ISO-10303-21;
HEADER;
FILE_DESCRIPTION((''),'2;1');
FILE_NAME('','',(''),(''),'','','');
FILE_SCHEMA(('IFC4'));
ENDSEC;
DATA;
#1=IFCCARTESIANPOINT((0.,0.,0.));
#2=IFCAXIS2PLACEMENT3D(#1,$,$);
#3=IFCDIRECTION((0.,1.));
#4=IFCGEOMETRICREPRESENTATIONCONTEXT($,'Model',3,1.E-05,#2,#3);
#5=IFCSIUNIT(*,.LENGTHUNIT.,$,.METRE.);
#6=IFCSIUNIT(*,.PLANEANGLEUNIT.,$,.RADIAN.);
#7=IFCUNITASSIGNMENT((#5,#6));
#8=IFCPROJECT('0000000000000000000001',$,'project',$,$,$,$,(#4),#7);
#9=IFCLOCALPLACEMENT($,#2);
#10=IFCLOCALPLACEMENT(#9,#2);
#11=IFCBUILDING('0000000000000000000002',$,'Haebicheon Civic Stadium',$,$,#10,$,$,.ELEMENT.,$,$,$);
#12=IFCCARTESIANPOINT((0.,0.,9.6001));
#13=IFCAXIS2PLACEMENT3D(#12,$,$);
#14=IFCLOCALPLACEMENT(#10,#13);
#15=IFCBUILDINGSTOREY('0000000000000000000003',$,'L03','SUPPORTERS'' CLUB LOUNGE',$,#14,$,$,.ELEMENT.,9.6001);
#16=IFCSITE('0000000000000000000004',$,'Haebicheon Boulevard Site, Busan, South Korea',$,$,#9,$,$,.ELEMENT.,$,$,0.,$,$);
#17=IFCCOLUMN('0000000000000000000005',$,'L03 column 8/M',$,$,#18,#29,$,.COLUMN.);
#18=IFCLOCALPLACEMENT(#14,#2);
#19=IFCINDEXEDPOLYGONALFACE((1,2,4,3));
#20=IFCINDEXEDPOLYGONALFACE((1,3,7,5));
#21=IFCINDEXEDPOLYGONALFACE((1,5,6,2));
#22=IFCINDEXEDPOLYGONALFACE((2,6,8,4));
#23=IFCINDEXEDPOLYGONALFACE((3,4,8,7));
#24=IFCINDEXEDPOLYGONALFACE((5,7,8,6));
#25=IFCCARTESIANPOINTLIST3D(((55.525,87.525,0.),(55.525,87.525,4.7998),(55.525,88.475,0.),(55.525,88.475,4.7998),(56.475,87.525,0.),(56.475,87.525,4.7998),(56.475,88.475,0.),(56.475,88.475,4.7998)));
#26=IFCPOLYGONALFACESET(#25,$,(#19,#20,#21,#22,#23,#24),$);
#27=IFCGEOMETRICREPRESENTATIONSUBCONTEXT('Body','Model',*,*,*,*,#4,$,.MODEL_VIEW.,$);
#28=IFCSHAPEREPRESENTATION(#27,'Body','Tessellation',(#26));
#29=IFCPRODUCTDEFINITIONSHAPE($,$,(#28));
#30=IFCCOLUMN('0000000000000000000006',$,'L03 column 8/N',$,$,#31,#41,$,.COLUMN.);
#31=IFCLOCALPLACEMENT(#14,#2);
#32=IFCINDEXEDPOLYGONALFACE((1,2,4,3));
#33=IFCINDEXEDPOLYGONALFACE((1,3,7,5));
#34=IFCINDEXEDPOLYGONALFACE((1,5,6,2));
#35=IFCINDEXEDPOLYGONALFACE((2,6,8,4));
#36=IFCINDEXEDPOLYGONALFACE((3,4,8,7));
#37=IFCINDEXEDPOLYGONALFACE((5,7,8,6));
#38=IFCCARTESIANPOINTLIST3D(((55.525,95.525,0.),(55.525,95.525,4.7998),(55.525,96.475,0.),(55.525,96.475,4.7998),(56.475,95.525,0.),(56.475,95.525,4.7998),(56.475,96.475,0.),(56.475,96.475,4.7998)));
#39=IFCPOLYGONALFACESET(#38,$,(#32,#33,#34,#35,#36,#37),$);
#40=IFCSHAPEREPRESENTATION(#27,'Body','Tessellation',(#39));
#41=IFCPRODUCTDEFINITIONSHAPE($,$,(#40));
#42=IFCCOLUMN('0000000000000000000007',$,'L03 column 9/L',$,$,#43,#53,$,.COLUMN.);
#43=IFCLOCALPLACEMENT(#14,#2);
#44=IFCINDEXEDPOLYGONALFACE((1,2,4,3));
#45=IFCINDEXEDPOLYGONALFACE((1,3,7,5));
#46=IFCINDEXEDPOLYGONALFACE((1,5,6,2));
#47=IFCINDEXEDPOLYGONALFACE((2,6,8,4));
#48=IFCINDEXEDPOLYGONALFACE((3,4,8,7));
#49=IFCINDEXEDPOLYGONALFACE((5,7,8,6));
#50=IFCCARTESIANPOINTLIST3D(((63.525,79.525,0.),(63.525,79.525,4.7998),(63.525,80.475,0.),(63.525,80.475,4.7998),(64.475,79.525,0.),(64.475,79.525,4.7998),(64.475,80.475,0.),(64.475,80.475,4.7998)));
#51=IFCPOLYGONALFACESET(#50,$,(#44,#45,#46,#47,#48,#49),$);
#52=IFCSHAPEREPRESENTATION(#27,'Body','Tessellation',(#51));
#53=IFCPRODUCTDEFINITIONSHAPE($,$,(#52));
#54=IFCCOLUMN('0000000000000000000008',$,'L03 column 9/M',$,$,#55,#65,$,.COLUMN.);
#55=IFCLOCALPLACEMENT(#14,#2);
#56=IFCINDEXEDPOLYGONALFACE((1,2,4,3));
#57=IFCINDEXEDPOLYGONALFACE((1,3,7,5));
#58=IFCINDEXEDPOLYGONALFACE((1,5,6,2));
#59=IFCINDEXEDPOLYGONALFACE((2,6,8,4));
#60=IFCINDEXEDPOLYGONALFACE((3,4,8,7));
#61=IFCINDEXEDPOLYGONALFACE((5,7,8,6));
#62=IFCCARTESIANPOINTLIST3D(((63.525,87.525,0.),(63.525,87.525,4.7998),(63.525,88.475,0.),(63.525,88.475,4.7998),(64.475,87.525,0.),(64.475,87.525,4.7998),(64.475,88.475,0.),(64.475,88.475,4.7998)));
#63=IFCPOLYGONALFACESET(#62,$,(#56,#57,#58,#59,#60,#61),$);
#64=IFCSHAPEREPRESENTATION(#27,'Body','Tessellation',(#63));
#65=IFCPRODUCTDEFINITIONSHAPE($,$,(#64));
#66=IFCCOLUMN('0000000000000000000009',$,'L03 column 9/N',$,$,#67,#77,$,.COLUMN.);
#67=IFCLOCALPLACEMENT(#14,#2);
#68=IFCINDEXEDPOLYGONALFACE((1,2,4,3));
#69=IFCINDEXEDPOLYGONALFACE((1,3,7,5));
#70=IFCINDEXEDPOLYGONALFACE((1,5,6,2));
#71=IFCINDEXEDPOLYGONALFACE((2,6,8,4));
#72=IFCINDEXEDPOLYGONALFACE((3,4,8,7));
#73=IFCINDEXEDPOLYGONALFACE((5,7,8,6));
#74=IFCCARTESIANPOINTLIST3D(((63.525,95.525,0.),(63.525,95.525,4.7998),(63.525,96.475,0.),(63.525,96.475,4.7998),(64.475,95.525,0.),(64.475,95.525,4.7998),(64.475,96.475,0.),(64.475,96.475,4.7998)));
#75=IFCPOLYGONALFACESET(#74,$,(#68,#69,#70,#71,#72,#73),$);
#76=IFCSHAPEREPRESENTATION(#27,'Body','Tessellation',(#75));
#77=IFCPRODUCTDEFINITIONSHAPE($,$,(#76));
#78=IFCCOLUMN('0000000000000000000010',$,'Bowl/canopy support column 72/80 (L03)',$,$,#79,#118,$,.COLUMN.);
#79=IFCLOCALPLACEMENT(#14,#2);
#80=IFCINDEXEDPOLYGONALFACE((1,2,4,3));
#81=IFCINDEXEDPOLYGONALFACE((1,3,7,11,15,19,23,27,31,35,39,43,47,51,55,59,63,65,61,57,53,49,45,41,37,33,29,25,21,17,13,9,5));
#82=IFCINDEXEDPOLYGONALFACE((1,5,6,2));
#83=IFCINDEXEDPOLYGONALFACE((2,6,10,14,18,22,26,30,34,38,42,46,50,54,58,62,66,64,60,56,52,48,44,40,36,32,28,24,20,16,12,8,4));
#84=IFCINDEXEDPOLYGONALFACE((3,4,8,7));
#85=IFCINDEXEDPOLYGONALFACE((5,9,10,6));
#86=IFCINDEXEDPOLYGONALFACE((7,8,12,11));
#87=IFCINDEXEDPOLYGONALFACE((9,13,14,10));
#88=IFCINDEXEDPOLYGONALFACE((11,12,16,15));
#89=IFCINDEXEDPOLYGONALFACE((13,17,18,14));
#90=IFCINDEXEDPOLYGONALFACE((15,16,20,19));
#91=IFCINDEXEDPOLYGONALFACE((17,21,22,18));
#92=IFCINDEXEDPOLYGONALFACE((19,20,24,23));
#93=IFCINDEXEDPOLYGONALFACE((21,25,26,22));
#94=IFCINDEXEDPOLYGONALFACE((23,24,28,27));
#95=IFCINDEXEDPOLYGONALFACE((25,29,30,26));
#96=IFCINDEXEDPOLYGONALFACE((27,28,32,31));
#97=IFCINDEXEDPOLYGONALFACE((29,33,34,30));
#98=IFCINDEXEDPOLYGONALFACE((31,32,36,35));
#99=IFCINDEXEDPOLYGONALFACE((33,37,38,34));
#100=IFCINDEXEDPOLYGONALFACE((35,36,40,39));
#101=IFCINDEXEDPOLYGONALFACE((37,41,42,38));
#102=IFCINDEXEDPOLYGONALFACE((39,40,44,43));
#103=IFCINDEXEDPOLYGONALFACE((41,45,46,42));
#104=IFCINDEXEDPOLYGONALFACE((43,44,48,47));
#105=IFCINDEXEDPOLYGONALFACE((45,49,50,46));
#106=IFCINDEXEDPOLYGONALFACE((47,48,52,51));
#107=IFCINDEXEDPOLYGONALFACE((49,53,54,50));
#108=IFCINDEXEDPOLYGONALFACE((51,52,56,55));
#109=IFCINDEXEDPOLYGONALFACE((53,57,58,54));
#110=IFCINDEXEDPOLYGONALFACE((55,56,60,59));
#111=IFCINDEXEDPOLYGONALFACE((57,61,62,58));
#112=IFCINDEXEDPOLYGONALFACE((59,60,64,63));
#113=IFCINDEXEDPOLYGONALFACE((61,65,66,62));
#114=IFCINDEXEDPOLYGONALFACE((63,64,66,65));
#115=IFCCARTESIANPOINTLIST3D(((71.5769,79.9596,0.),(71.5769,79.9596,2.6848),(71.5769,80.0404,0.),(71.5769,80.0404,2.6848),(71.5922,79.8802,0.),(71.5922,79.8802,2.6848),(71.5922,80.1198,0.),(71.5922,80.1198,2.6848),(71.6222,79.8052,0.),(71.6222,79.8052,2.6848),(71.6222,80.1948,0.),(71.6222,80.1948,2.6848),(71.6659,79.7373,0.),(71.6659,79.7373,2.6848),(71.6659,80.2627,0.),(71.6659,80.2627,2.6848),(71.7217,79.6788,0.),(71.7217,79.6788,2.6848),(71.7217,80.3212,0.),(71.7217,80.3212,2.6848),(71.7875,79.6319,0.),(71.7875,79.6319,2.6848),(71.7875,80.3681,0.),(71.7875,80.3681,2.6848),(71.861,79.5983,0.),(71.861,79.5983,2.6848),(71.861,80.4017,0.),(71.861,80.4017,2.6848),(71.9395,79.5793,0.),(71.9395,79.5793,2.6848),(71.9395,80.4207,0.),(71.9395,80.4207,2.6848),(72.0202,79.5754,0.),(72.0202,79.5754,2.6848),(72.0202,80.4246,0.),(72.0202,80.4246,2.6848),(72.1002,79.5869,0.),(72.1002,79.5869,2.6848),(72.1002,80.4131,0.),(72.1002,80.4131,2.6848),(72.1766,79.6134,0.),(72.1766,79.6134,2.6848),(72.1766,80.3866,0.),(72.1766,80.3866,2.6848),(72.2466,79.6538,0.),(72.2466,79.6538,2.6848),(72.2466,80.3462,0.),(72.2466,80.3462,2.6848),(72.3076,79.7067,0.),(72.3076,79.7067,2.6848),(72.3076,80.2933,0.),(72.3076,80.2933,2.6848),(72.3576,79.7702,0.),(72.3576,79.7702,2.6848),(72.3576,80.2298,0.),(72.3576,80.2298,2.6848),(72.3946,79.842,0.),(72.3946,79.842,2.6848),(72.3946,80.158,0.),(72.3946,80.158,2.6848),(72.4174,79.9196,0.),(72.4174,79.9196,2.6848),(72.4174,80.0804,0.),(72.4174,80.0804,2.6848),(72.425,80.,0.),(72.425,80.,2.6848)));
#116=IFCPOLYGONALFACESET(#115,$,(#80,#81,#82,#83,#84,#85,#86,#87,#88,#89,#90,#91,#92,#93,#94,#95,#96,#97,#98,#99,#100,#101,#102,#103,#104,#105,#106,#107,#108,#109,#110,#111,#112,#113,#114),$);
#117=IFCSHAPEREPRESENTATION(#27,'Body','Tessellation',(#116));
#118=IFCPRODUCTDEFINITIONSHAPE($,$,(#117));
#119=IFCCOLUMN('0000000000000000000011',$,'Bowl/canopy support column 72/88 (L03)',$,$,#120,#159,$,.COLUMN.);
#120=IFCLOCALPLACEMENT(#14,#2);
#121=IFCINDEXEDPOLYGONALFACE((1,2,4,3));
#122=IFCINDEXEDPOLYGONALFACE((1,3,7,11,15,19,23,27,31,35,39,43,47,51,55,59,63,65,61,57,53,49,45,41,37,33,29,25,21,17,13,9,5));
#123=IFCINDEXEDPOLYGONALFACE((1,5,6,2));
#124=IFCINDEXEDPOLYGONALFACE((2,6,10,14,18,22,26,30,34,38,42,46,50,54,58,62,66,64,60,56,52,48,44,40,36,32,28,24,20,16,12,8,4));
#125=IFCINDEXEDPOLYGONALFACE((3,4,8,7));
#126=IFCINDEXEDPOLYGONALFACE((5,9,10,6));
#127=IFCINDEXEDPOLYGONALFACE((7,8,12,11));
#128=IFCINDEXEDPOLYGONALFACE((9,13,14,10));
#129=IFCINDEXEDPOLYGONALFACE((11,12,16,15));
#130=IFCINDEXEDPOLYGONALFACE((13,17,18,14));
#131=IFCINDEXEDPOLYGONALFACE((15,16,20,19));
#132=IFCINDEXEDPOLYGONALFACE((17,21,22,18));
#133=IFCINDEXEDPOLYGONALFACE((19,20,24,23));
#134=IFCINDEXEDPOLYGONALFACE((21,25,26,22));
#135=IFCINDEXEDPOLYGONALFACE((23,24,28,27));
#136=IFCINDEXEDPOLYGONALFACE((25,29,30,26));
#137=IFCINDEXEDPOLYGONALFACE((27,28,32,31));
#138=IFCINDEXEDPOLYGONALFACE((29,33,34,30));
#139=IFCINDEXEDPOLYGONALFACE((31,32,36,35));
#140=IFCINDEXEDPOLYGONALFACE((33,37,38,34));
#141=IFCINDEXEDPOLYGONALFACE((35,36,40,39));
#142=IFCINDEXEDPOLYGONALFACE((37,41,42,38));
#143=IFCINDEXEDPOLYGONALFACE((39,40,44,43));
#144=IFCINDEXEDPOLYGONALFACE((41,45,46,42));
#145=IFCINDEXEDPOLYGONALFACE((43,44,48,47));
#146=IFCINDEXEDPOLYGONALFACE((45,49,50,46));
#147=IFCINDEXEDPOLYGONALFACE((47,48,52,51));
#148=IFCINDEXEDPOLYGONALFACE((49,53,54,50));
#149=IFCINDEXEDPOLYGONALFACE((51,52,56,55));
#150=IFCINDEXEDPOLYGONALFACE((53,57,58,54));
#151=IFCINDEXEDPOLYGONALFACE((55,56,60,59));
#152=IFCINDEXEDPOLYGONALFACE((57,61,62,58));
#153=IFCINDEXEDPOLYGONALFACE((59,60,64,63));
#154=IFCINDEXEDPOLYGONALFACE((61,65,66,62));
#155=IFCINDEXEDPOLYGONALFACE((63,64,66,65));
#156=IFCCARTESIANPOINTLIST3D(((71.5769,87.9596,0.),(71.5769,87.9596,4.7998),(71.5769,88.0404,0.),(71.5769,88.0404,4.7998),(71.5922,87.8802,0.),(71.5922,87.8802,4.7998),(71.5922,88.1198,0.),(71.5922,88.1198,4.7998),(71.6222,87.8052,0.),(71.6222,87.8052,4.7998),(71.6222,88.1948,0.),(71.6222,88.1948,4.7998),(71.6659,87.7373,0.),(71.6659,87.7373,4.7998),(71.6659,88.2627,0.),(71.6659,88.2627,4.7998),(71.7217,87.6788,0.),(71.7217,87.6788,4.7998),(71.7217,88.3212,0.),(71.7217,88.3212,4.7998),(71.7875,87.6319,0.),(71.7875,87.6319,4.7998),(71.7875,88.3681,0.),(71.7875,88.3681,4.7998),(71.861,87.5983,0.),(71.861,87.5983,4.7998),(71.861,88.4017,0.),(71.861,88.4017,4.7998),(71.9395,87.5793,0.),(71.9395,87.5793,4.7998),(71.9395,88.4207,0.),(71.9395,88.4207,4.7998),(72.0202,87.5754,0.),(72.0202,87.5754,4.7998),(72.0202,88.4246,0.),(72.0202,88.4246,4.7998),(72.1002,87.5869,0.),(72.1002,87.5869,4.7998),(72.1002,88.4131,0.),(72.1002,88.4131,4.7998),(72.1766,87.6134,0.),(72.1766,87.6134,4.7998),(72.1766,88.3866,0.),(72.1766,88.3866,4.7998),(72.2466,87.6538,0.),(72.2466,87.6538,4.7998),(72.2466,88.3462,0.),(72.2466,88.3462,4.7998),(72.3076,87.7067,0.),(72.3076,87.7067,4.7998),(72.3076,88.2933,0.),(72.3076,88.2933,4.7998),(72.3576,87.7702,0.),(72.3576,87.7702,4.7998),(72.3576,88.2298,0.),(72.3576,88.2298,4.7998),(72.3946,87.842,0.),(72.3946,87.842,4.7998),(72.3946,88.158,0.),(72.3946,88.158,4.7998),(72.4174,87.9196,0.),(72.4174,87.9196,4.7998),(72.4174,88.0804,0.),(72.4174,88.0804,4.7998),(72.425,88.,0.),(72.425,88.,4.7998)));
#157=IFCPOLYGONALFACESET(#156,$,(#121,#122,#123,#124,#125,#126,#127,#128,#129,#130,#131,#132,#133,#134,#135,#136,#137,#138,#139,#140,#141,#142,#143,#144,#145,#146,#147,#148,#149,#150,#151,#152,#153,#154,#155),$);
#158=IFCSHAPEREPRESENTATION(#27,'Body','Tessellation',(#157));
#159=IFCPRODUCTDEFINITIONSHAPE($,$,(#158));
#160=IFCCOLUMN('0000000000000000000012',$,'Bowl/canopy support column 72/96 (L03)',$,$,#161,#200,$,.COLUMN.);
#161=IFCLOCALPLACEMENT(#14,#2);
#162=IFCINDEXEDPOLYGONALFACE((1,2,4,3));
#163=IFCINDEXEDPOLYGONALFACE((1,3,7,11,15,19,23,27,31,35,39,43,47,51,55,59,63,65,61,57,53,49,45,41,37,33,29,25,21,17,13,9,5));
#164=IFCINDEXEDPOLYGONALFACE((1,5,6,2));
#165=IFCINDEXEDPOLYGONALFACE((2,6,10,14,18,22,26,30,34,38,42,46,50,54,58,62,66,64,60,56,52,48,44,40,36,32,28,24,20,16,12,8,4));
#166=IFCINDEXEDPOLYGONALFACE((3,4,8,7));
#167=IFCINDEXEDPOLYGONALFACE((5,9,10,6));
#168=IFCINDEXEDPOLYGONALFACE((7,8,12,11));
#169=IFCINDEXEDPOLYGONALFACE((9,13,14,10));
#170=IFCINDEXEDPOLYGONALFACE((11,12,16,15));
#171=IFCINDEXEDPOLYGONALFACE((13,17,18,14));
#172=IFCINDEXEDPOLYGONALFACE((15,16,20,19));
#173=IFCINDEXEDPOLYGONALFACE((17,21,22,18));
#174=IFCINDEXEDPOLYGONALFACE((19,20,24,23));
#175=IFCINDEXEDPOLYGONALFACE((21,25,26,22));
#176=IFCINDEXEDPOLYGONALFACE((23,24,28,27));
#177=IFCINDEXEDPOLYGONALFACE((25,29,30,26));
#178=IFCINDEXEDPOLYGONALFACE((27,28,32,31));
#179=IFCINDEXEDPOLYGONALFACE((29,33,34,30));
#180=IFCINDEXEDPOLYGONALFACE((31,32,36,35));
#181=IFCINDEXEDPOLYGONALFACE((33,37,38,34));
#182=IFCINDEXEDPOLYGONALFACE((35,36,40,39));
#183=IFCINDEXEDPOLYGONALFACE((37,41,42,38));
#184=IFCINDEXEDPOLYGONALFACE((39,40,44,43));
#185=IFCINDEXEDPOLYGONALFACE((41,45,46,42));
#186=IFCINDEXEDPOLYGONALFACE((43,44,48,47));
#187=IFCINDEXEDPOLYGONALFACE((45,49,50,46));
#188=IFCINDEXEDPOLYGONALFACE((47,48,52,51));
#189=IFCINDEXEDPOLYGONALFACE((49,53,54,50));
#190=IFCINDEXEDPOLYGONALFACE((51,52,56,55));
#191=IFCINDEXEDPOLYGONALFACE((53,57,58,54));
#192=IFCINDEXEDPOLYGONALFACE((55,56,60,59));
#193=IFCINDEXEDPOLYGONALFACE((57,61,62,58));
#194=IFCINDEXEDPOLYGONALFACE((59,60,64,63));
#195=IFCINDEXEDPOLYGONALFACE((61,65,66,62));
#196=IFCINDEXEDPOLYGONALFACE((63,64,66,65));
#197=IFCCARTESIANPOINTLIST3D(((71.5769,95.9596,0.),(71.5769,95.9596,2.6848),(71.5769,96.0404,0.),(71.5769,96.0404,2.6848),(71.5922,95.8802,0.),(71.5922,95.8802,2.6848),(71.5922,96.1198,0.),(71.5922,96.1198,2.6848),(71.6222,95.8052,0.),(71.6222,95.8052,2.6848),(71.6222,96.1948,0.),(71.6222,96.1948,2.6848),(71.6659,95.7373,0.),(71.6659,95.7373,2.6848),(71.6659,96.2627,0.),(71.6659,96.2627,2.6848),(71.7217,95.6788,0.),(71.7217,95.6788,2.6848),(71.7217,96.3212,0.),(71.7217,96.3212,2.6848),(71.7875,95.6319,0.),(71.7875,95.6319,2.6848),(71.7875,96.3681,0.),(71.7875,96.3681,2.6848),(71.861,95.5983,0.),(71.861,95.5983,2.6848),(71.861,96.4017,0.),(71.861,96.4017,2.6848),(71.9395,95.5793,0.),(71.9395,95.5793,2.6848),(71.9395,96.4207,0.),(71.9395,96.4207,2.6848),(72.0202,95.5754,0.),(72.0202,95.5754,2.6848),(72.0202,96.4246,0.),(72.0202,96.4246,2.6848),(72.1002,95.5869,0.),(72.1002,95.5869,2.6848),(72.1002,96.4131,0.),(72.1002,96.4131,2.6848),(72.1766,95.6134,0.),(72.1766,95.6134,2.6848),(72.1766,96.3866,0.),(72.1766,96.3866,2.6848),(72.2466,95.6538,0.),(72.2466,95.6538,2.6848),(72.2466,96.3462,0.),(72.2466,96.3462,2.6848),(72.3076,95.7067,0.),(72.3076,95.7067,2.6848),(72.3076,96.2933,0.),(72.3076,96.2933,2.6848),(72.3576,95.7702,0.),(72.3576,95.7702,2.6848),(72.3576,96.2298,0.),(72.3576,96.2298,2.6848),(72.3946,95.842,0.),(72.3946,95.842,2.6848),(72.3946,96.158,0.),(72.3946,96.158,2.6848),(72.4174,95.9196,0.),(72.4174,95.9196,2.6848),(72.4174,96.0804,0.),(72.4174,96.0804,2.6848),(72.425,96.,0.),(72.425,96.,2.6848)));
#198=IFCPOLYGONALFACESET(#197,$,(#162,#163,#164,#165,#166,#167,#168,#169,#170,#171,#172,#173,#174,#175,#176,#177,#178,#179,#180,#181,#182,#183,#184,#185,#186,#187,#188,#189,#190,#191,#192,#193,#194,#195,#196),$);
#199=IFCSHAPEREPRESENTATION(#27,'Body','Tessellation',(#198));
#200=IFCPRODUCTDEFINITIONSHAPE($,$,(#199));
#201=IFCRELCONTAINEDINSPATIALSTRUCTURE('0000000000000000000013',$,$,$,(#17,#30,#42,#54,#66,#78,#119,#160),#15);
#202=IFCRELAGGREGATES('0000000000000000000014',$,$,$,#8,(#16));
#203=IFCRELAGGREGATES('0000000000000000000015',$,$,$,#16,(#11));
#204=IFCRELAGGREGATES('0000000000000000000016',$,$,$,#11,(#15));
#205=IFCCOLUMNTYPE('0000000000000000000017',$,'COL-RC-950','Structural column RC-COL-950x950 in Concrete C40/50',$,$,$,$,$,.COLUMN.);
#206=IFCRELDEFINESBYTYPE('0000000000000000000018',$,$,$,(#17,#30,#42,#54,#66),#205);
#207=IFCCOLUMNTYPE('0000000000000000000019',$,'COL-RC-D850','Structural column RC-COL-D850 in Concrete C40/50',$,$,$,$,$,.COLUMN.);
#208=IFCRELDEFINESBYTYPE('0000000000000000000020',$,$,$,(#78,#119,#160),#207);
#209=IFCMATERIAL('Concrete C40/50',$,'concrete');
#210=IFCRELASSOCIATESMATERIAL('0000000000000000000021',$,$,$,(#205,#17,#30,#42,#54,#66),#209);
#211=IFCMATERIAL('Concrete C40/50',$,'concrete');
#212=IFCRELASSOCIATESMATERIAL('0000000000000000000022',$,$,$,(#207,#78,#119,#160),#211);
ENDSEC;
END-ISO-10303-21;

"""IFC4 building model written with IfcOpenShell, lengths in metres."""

from ifc_helpers import new_model, si_unit, direction, frame, origin, origin_2d, place, context, subcontext, project, spatial, rectangle, circle, extrude, material, material_profile, profile_set, type_object, element, save


model = new_model("IFC4")

# Units and contexts
model_context = context("Model", 3, precision=1e-05, world=origin(), true_north=direction((0.0, 1.0)))
body_context = subcontext(model_context, "Body", "Model", "MODEL_VIEW")
ifc_project = project(units=[si_unit("LENGTHUNIT", "METRE"), si_unit("PLANEANGLEUNIT", "RADIAN")], contexts=[model_context])

# Site, building, storey
site_placement = place(None, origin())
site = spatial("IfcSite", under=ifc_project, at=site_placement, Name="Haebicheon Boulevard Site, Busan, South Korea", CompositionType="ELEMENT", RefElevation=0.0)
building_placement = place(site_placement, origin())
building = spatial("IfcBuilding", under=site, at=building_placement, Name="Haebicheon Civic Stadium", CompositionType="ELEMENT")
storey_placement = place(building_placement, frame((0.0, 0.0, 9.6001)))
storey = spatial("IfcBuildingStorey", under=building, at=storey_placement, Name="L03", Description="SUPPORTERS' CLUB LOUNGE", CompositionType="ELEMENT", Elevation=9.6001)

# Columns
ifc_material_1 = material(Name="Concrete C40/50", Category="concrete")
ifc_material_profile_1 = material_profile(ifc_material_1, rectangle(XDim=0.95, YDim=0.95, at=origin_2d()), Name="RC-COL-950x950")
ifc_profile_set_1 = profile_set([ifc_material_profile_1], Name="Concrete C40/50")
column_type_1 = type_object("IfcColumnType", Name="COL-RC-950", Description="Structural column RC-COL-950x950 in Concrete C40/50", PredefinedType="COLUMN", material=ifc_profile_set_1)
for number, where, z_axis, x_axis, name in (
    (1, (56.0, 88.0, 0.0), (0.0, 0.0, 1.0), (1.0, 0.0, 0.0), "L03 column 8/M"),
    (2, (56.0, 96.0, 0.0), (0.0, 0.0, 1.0), (1.0, 0.0, 0.0), "L03 column 8/N"),
    (3, (64.0, 80.0, 0.0), (0.0, 0.0, 1.0), (1.0, 0.0, 0.0), "L03 column 9/L"),
    (4, (64.0, 88.0, 0.0), (0.0, 0.0, 1.0), (1.0, 0.0, 0.0), "L03 column 9/M"),
    (5, (64.0, 96.0, 0.0), (0.0, 0.0, 1.0), (1.0, 0.0, 0.0), "L03 column 9/N"),
):
    element("IfcColumn", number, at=place(storey_placement, frame(where, z_axis=z_axis, x_axis=x_axis)), inside=storey, type_object=column_type_1, material=ifc_profile_set_1, Name=name, PredefinedType="COLUMN", context=body_context, shape_type="SweptSolid", body=[
        extrude(rectangle(XDim=0.95, YDim=0.95, at=origin_2d()), origin(), (0.0, 0.0, 1.0), 4.7998),
    ])
ifc_material_2 = material(Name="Concrete C40/50", Category="concrete")
ifc_material_profile_2 = material_profile(ifc_material_2, circle(Radius=0.425, at=origin_2d()), Name="RC-COL-D850")
ifc_profile_set_2 = profile_set([ifc_material_profile_2], Name="Concrete C40/50")
column_type_2 = type_object("IfcColumnType", Name="COL-RC-D850", Description="Structural column RC-COL-D850 in Concrete C40/50", PredefinedType="COLUMN", material=ifc_profile_set_2)
column_1_placement = place(storey_placement, frame((72.0, 80.0, 0.0), z_axis=(0.0, 0.0, 1.0), x_axis=(1.0, 0.0, 0.0)))
element("IfcColumn", 6, at=column_1_placement, inside=storey, type_object=column_type_2, material=ifc_profile_set_2, Name="Bowl/canopy support column 72/80 (L03)", PredefinedType="COLUMN", context=body_context, shape_type="SweptSolid", body=[
    extrude(circle(Radius=0.425, at=origin_2d()), origin(), (0.0, 0.0, 1.0), 2.6848),
])
column_2_placement = place(storey_placement, frame((72.0, 88.0, 0.0), z_axis=(0.0, 0.0, 1.0), x_axis=(1.0, 0.0, 0.0)))
element("IfcColumn", 7, at=column_2_placement, inside=storey, type_object=column_type_2, material=ifc_profile_set_2, Name="Bowl/canopy support column 72/88 (L03)", PredefinedType="COLUMN", context=body_context, shape_type="SweptSolid", body=[
    extrude(circle(Radius=0.425, at=origin_2d()), origin(), (0.0, 0.0, 1.0), 4.7998),
])
column_3_placement = place(storey_placement, frame((72.0, 96.0, 0.0), z_axis=(0.0, 0.0, 1.0), x_axis=(1.0, 0.0, 0.0)))
element("IfcColumn", 8, at=column_3_placement, inside=storey, type_object=column_type_2, material=ifc_profile_set_2, Name="Bowl/canopy support column 72/96 (L03)", PredefinedType="COLUMN", context=body_context, shape_type="SweptSolid", body=[
    extrude(circle(Radius=0.425, at=origin_2d()), origin(), (0.0, 0.0, 1.0), 2.6848),
])

save(model, "model.ifc")
